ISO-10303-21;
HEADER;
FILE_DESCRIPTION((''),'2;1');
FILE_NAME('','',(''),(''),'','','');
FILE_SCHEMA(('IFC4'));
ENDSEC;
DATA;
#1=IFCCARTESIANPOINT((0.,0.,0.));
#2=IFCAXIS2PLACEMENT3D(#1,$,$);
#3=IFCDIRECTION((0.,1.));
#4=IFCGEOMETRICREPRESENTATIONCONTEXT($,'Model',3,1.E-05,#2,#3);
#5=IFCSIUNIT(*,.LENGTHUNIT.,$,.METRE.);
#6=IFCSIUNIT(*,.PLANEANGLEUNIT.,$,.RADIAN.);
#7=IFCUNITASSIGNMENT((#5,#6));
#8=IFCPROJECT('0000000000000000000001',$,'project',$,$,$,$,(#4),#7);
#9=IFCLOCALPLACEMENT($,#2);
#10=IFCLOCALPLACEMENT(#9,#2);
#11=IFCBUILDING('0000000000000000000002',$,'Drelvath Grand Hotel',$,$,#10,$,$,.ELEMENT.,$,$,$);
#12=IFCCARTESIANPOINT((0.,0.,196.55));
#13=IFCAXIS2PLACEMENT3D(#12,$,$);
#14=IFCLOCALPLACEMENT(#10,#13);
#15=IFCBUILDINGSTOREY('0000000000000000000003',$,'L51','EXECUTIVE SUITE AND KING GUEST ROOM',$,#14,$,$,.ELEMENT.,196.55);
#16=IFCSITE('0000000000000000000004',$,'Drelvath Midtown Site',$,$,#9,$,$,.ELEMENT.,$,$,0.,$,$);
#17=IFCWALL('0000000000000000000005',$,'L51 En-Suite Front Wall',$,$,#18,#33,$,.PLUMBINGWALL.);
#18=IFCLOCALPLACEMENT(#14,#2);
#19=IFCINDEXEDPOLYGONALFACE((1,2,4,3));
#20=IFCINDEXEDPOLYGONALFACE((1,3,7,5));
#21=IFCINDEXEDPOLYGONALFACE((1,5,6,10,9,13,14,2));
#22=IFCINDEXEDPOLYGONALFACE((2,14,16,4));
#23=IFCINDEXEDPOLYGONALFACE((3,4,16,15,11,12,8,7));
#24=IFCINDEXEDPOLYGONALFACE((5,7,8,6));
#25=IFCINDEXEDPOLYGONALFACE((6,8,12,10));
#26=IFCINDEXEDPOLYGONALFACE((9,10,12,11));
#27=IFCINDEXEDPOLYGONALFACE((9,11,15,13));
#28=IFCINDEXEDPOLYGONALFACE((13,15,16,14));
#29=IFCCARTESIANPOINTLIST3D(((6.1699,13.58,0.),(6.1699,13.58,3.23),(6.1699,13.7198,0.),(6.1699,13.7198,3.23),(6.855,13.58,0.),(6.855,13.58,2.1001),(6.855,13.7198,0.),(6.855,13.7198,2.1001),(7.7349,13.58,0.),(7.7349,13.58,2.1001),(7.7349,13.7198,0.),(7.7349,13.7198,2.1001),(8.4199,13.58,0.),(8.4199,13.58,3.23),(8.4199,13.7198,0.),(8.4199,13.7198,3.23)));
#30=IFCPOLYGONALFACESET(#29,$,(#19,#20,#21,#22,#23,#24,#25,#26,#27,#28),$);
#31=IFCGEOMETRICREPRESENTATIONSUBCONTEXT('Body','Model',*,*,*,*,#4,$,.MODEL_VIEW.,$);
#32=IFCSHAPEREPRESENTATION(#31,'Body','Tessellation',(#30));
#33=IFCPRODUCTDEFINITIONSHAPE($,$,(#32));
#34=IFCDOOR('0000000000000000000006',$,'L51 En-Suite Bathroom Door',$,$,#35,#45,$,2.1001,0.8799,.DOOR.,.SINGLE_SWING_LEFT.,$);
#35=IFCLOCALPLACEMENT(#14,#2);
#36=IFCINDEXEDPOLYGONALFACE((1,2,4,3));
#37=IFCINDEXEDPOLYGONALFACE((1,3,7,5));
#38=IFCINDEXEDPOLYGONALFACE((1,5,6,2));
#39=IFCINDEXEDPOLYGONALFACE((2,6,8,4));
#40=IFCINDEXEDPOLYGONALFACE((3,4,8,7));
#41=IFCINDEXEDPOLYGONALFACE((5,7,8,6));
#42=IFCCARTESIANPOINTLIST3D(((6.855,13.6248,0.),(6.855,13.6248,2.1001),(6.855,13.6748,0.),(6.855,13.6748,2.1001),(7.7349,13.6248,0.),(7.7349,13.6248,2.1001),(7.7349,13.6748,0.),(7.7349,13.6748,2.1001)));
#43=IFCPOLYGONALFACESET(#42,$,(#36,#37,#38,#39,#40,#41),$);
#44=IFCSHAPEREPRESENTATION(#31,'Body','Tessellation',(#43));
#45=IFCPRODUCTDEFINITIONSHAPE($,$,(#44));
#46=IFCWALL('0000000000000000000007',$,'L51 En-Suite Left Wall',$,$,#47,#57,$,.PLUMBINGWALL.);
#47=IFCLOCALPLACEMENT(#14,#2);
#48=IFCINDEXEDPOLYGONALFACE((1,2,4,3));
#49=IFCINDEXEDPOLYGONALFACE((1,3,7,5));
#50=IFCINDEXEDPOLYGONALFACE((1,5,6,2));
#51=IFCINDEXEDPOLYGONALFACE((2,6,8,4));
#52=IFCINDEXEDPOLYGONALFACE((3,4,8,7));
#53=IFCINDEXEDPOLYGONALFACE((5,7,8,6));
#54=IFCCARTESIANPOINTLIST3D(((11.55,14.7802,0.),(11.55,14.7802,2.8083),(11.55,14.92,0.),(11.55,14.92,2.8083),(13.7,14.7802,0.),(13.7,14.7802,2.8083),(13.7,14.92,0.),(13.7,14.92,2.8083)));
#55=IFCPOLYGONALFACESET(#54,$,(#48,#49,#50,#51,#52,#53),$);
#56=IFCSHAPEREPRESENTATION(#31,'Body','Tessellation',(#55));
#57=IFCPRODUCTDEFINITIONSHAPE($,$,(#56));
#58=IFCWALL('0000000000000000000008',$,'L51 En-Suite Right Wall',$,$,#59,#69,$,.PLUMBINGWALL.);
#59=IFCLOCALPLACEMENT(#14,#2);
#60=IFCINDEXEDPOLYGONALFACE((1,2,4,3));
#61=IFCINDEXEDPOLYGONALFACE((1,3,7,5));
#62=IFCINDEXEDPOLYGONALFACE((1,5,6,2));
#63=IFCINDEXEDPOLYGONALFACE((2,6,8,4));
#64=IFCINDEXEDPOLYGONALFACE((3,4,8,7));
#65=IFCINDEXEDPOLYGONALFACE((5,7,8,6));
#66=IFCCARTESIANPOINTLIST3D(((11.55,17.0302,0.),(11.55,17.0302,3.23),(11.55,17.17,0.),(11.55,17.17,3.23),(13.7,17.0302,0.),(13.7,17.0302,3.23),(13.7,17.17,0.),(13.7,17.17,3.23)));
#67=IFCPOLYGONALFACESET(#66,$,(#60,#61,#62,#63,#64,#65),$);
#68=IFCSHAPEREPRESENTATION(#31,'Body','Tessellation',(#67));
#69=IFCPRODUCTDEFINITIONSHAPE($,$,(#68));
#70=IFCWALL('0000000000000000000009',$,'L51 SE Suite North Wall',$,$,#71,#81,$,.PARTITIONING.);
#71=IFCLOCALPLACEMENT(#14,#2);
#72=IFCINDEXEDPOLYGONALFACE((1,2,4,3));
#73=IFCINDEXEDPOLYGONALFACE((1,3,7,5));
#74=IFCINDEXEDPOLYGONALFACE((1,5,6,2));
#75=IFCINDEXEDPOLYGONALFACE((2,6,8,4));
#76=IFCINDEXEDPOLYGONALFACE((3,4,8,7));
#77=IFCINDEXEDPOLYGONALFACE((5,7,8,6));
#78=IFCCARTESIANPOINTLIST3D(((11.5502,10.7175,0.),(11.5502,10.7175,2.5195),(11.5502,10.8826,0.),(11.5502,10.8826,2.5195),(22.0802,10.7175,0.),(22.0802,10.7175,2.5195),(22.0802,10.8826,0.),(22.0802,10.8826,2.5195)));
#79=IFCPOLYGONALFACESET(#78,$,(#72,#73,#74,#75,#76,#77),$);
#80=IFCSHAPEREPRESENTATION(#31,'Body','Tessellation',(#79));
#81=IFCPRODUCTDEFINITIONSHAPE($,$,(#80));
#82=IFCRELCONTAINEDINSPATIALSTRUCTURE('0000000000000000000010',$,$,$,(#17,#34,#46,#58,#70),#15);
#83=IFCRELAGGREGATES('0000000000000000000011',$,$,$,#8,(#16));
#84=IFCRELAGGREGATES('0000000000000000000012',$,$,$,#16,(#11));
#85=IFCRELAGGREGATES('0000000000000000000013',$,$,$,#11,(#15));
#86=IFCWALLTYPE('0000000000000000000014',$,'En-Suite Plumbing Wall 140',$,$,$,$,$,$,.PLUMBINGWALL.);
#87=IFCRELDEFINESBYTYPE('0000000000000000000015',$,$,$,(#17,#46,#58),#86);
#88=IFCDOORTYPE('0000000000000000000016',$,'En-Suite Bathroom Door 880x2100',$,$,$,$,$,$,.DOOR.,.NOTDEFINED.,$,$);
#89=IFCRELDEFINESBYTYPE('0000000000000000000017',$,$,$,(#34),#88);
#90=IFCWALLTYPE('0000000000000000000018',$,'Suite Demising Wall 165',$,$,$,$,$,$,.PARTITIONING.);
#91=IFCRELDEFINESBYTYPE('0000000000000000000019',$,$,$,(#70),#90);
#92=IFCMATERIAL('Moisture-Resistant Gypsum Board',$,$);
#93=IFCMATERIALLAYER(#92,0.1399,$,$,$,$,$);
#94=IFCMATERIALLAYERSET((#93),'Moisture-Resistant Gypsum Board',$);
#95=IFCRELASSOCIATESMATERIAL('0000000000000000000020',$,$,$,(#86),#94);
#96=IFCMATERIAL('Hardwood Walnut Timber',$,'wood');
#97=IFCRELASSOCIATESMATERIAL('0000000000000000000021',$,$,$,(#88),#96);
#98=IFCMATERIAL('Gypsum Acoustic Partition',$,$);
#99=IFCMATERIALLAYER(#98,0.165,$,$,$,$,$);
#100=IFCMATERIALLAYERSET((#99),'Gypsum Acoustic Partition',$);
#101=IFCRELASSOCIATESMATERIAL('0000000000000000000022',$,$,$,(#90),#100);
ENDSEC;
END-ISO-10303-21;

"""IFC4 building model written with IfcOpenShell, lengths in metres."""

from ifc_helpers import new_model, si_unit, direction, frame, frame_2d, origin, place, context, subcontext, project, spatial, rectangle, extrude, material, layer, layer_set, type_object, element, fill, save


model = new_model("IFC4")

# Units and contexts
model_context = context("Model", 3, precision=1e-05, world=origin(), true_north=direction((0.0, 1.0)))
body_context = subcontext(model_context, "Body", "Model", "MODEL_VIEW")
ifc_project = project(units=[si_unit("LENGTHUNIT", "METRE"), si_unit("PLANEANGLEUNIT", "RADIAN")], contexts=[model_context])

# Site, building, storey
site_placement = place(None, origin())
site = spatial("IfcSite", under=ifc_project, at=site_placement, Name="Drelvath Midtown Site", CompositionType="ELEMENT", RefElevation=0.0)
building_placement = place(site_placement, origin())
building = spatial("IfcBuilding", under=site, at=building_placement, Name="Drelvath Grand Hotel", CompositionType="ELEMENT")
storey_placement = place(building_placement, frame((0.0, 0.0, 196.55)))
storey = spatial("IfcBuildingStorey", under=building, at=storey_placement, Name="L51", Description="EXECUTIVE SUITE AND KING GUEST ROOM", CompositionType="ELEMENT", Elevation=196.55)

# Shared definitions
ifc_material_1 = material(Name="Hardwood Walnut Timber", Category="wood")

# Shared definitions
ifc_material_2 = material(Name="Moisture-Resistant Gypsum Board")
ifc_layer_1 = layer(ifc_material_2, 0.1399)
ifc_layer_set_1 = layer_set([ifc_layer_1], Name="Moisture-Resistant Gypsum Board")
wall_type_1 = type_object("IfcWallType", Name="En-Suite Plumbing Wall 140", PredefinedType="PLUMBINGWALL", material=ifc_layer_set_1)

# Wall, opening, door
wall_1_placement = place(storey_placement, frame((6.1699, 13.6499, 0.0), z_axis=(0.0, 0.0, 1.0), x_axis=(1.0, 0.0, 0.0)))
wall_1 = element("IfcWall", 1, at=wall_1_placement, inside=storey, type_object=wall_type_1, Name="L51 En-Suite Front Wall", PredefinedType="PLUMBINGWALL", context=body_context, shape_type="SweptSolid", body=[
    extrude(rectangle(XDim=2.25, YDim=0.1399, at=frame_2d((1.125, 0.0))), origin(), (0.0, 0.0, 1.0), 3.23),
])
opening_1_placement = place(wall_1_placement, frame((0.6851, 0.0, 0.0)))
opening_1 = element("IfcOpeningElement", 2, at=opening_1_placement, cuts=wall_1, PredefinedType="OPENING", context=body_context, shape_type="SweptSolid", body=[
    extrude(rectangle(XDim=0.8799, YDim=2.1001, at=frame_2d((0.4399, 1.05))), frame((0.0, 0.0798, 0.0), z_axis=(0.0, -1.0, 0.0), x_axis=(1.0, 0.0, 0.0)), (0.0, 0.0, 1.0), 0.1599),
])
door_type_1 = type_object("IfcDoorType", Name="En-Suite Bathroom Door 880x2100", OperationType="NOTDEFINED", PredefinedType="DOOR", material=ifc_material_1)
door_1_placement = place(opening_1_placement, origin())
door_1 = element("IfcDoor", 3, at=door_1_placement, inside=storey, type_object=door_type_1, Name="L51 En-Suite Bathroom Door", OperationType="SINGLE_SWING_LEFT", OverallHeight=2.1001, OverallWidth=0.8799, PredefinedType="DOOR", context=body_context, shape_type="SweptSolid", body=[
    extrude(rectangle(XDim=0.8799, YDim=2.1001, at=frame_2d((0.4399, 1.05))), frame((0.0, 0.0249, 0.0), z_axis=(0.0, -1.0, 0.0), x_axis=(1.0, 0.0, 0.0)), (0.0, 0.0, 1.0), 0.05),
])
fill(opening_1, door_1)

# Walls
wall_2_placement = place(storey_placement, frame((11.55, 14.8501, 0.0), z_axis=(0.0, 0.0, 1.0), x_axis=(1.0, 0.0, 0.0)))
element("IfcWall", 4, at=wall_2_placement, inside=storey, type_object=wall_type_1, Name="L51 En-Suite Left Wall", PredefinedType="PLUMBINGWALL", context=body_context, shape_type="SweptSolid", body=[
    extrude(rectangle(XDim=2.1499, YDim=0.1399, at=frame_2d((1.075, 0.0))), origin(), (0.0, 0.0, 1.0), 2.8083),
])
wall_3_placement = place(storey_placement, frame((11.55, 17.1001, 0.0), z_axis=(0.0, 0.0, 1.0), x_axis=(1.0, 0.0, 0.0)))
element("IfcWall", 5, at=wall_3_placement, inside=storey, type_object=wall_type_1, Name="L51 En-Suite Right Wall", PredefinedType="PLUMBINGWALL", context=body_context, shape_type="SweptSolid", body=[
    extrude(rectangle(XDim=2.1499, YDim=0.1399, at=frame_2d((1.075, 0.0))), origin(), (0.0, 0.0, 1.0), 3.23),
])
ifc_material_3 = material(Name="Gypsum Acoustic Partition")
ifc_layer_2 = layer(ifc_material_3, 0.165)
ifc_layer_set_2 = layer_set([ifc_layer_2], Name="Gypsum Acoustic Partition")
wall_type_2 = type_object("IfcWallType", Name="Suite Demising Wall 165", PredefinedType="PARTITIONING", material=ifc_layer_set_2)
wall_4_placement = place(storey_placement, frame((11.55, 10.8, 0.0), z_axis=(0.0, 0.0, 1.0), x_axis=(1.0, 0.0, 0.0)))
element("IfcWall", 6, at=wall_4_placement, inside=storey, type_object=wall_type_2, Name="L51 SE Suite North Wall", PredefinedType="PARTITIONING", context=body_context, shape_type="SweptSolid", body=[
    extrude(rectangle(XDim=10.53, YDim=0.165, at=frame_2d((5.2651, 0.0))), origin(), (0.0, 0.0, 1.0), 2.5195),
])

save(model, "model.ifc")
